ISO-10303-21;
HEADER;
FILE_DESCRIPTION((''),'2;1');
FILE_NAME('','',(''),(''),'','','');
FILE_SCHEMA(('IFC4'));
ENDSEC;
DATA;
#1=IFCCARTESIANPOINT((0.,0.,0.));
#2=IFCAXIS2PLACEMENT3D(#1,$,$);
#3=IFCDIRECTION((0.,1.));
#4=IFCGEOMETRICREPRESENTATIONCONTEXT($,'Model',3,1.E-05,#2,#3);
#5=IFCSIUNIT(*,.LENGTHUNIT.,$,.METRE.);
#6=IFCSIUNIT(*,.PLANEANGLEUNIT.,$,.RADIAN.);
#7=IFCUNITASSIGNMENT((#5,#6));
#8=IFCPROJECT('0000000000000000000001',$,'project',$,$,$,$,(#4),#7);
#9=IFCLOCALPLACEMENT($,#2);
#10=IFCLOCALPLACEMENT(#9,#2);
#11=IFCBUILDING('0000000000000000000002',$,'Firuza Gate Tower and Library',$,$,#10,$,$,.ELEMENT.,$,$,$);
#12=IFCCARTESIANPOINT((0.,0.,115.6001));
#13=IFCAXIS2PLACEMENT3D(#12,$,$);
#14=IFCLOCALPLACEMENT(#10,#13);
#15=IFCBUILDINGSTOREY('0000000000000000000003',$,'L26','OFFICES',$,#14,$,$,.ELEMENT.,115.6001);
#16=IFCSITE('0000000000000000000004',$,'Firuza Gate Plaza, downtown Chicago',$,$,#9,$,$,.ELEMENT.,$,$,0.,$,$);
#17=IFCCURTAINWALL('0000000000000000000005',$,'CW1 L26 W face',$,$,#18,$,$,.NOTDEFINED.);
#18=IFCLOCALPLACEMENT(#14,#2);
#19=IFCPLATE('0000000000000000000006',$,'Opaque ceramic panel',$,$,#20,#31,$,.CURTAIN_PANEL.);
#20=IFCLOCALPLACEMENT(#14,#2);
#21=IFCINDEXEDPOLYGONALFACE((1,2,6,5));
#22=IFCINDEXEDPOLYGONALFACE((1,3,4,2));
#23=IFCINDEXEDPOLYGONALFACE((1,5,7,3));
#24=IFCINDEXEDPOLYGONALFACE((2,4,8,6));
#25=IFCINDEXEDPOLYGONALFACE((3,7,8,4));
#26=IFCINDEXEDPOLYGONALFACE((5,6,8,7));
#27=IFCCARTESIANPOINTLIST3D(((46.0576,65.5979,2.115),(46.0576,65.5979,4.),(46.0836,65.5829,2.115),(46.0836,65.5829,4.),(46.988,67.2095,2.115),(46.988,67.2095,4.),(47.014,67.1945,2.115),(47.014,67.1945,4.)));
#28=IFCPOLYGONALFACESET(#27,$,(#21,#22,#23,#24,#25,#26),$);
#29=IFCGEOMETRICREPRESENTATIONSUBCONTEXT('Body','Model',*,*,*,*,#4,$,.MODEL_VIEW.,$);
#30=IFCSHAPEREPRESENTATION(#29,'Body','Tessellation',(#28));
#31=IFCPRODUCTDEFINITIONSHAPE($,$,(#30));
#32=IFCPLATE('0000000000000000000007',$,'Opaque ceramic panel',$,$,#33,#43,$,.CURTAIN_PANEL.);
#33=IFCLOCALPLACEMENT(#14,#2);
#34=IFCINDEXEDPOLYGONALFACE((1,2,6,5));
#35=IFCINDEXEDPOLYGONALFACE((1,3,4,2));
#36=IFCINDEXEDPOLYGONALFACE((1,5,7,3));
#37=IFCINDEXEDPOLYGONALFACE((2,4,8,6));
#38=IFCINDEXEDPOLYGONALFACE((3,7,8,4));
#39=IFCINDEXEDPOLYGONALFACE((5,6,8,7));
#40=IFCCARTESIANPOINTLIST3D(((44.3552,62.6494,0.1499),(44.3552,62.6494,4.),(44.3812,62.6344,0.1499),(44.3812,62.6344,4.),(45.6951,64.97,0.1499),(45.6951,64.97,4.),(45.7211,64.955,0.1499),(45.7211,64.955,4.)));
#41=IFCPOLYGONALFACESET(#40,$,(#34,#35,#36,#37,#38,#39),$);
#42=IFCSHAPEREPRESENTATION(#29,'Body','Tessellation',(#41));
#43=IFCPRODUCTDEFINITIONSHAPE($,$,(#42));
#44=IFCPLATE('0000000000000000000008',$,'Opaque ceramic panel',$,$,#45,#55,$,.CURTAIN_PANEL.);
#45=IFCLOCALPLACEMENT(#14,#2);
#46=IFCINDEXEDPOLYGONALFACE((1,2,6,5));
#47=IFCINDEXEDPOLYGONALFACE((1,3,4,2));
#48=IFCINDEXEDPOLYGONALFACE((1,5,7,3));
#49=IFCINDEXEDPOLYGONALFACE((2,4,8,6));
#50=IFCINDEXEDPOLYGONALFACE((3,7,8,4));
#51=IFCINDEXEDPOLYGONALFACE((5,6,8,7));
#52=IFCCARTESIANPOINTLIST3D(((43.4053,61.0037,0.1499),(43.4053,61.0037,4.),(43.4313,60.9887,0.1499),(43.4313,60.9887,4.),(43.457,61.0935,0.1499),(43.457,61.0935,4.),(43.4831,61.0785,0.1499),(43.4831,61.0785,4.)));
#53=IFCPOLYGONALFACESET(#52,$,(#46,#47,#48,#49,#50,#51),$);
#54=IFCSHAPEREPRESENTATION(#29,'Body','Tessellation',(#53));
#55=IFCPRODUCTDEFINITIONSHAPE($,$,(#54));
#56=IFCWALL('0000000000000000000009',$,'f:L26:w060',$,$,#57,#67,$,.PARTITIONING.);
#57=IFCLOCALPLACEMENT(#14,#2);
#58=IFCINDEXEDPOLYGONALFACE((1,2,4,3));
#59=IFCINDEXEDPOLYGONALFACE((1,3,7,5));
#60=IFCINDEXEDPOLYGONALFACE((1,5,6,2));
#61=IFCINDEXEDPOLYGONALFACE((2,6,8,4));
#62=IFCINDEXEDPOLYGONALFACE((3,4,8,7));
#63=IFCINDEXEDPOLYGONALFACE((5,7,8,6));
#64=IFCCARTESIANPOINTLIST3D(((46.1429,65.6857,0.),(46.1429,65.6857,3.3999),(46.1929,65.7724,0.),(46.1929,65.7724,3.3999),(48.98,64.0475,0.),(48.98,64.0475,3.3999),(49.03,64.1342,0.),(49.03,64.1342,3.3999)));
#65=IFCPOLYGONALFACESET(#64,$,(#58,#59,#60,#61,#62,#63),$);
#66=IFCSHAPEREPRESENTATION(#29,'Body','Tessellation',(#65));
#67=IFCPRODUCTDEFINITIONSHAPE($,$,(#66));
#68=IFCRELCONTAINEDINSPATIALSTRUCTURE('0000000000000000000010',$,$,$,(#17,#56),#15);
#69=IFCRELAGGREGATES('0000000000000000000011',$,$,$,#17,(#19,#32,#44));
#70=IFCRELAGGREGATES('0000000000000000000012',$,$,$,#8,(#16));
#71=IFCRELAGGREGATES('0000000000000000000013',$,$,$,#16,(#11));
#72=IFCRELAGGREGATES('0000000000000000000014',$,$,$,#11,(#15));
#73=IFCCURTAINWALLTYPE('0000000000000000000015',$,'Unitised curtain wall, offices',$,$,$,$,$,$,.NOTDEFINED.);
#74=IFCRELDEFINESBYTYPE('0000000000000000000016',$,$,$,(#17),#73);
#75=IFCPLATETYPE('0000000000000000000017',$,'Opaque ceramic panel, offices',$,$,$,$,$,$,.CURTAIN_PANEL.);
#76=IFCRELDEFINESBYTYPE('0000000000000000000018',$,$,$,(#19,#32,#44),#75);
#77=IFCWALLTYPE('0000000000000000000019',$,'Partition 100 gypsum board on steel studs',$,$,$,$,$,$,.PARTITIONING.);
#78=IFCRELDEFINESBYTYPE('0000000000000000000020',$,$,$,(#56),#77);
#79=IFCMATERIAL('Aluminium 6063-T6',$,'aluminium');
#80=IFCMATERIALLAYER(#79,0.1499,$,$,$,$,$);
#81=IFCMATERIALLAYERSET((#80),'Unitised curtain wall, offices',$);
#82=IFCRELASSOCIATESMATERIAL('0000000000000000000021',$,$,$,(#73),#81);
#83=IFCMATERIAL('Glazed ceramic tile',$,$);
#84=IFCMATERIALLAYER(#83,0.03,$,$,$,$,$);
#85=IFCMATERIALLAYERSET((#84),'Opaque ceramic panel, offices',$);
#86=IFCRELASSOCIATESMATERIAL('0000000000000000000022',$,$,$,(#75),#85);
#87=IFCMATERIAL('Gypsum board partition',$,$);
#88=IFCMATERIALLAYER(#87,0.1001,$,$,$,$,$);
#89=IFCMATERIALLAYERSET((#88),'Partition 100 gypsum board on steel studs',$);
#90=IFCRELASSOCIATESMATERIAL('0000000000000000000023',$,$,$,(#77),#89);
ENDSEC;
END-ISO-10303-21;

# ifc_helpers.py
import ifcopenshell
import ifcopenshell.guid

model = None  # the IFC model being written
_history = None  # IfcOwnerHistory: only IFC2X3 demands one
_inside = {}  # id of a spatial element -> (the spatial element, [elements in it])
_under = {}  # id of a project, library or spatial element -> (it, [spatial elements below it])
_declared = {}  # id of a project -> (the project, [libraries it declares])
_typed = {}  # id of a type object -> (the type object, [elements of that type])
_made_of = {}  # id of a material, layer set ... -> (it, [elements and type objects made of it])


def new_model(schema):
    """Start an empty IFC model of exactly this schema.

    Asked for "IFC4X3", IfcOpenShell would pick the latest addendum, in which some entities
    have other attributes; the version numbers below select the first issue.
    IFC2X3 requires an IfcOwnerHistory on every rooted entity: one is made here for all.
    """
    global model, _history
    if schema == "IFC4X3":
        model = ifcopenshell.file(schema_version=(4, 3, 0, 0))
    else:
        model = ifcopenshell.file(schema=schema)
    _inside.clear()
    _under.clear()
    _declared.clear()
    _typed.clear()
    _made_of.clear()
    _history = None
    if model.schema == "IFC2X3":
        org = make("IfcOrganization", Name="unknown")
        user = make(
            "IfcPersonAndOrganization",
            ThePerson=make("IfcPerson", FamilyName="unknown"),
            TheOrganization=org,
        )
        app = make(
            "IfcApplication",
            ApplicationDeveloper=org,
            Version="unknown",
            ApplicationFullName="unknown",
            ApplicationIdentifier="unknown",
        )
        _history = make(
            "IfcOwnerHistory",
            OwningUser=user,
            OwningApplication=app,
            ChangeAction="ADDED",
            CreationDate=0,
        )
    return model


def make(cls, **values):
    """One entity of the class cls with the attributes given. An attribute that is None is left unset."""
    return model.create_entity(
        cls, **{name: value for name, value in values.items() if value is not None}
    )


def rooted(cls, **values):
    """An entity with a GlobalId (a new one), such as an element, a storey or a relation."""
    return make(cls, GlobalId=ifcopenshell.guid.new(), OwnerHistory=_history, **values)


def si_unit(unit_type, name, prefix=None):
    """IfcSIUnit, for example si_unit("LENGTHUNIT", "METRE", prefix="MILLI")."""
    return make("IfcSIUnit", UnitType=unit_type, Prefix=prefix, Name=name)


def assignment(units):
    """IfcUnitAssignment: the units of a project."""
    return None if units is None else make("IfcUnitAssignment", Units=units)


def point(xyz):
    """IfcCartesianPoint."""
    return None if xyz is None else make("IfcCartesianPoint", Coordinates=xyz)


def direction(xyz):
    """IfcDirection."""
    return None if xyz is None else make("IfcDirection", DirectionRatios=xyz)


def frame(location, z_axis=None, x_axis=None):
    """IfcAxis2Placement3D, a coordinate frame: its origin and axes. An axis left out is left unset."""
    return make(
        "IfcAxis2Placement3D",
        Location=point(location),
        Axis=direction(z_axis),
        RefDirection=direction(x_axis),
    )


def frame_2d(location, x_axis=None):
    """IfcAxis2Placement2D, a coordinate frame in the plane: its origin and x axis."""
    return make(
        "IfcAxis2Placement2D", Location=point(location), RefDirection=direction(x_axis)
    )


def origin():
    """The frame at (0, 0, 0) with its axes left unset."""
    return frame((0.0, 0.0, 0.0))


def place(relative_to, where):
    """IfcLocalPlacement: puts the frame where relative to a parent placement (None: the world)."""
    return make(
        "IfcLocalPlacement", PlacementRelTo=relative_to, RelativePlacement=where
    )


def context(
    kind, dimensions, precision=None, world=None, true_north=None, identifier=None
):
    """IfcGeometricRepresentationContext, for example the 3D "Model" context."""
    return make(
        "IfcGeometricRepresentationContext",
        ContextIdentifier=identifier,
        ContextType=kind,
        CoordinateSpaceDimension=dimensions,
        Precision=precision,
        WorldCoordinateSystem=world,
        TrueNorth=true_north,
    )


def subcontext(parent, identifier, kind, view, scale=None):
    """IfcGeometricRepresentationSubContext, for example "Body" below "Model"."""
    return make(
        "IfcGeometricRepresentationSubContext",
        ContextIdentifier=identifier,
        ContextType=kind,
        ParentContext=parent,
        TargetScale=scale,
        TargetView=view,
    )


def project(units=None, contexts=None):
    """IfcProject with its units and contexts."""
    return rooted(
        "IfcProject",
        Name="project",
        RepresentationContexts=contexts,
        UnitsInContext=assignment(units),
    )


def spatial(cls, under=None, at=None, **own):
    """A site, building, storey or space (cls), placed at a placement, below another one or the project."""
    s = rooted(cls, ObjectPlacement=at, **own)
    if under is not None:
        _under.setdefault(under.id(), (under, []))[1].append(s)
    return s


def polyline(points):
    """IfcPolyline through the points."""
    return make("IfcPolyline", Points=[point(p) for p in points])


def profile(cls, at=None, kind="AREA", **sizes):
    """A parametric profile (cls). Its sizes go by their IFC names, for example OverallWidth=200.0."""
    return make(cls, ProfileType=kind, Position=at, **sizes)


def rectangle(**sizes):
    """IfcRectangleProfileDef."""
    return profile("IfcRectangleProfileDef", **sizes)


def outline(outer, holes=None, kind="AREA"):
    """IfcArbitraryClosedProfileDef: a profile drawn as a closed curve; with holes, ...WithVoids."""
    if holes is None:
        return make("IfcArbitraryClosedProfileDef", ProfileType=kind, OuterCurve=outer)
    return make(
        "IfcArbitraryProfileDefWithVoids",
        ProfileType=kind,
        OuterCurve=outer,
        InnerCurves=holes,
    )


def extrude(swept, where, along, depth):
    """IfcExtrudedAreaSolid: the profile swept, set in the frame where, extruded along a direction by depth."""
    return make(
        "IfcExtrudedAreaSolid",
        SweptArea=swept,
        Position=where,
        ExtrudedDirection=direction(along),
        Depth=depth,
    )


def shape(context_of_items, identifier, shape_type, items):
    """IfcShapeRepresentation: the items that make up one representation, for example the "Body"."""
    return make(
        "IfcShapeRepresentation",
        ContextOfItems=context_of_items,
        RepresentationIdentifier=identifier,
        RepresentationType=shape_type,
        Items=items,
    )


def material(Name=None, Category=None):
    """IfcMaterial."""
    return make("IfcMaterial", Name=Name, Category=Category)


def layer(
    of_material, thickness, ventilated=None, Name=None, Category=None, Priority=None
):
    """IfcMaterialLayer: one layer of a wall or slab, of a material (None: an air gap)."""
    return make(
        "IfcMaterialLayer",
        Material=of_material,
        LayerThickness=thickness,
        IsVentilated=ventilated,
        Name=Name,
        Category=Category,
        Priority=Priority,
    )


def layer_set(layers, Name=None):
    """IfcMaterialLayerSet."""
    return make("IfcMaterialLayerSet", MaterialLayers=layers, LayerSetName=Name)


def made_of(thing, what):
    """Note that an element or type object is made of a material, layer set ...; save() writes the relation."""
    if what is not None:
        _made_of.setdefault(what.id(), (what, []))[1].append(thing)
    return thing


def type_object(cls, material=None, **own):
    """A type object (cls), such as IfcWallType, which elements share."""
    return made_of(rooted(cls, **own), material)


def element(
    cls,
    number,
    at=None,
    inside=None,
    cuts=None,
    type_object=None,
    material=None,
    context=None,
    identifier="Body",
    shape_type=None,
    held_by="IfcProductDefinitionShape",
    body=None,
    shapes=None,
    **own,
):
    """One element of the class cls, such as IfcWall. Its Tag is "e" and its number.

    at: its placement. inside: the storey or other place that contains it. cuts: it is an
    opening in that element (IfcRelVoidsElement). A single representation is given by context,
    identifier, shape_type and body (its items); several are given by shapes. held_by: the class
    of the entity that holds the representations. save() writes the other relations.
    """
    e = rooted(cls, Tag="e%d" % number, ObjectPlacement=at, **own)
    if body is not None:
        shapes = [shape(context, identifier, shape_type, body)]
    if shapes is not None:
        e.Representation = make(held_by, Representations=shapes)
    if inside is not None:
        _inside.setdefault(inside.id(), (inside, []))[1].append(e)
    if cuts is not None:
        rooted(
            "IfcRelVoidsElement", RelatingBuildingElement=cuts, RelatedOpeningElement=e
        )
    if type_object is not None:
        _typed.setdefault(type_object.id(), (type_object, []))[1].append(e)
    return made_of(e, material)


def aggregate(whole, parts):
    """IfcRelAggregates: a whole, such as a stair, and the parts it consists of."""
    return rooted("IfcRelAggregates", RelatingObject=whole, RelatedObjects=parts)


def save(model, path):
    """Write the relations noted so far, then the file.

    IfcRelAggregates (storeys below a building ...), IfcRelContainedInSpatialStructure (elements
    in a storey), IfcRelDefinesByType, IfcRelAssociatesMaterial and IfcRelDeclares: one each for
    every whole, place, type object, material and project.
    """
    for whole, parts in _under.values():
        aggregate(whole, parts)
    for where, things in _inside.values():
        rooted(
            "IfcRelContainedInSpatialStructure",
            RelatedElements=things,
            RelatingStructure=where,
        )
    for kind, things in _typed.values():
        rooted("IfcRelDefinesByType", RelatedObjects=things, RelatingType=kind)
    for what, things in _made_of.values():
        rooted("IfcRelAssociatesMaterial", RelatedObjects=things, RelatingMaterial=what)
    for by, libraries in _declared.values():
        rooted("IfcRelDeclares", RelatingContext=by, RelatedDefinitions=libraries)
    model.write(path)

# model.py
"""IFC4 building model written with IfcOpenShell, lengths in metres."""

from ifc_helpers import new_model, si_unit, direction, frame, frame_2d, origin, place, context, subcontext, project, spatial, polyline, rectangle, outline, extrude, material, layer, layer_set, type_object, element, aggregate, save


model = new_model("IFC4")

# Units and contexts
model_context = context("Model", 3, precision=1e-05, world=origin(), true_north=direction((0.0, 1.0)))
body_context = subcontext(model_context, "Body", "Model", "MODEL_VIEW")
ifc_project = project(units=[si_unit("LENGTHUNIT", "METRE"), si_unit("PLANEANGLEUNIT", "RADIAN")], contexts=[model_context])

# Site, building, storey
site_placement = place(None, origin())
site = spatial("IfcSite", under=ifc_project, at=site_placement, Name="Firuza Gate Plaza, downtown Chicago", CompositionType="ELEMENT", RefElevation=0.0)
building_placement = place(site_placement, origin())
building = spatial("IfcBuilding", under=site, at=building_placement, Name="Firuza Gate Tower and Library", CompositionType="ELEMENT")
storey_placement = place(building_placement, frame((0.0, 0.0, 115.6001)))
storey = spatial("IfcBuildingStorey", under=building, at=storey_placement, Name="L26", Description="OFFICES", CompositionType="ELEMENT", Elevation=115.6001)

# Curtain wall
ifc_material_1 = material(Name="Aluminium 6063-T6", Category="aluminium")
ifc_layer_1 = layer(ifc_material_1, 0.1499)
ifc_layer_set_1 = layer_set([ifc_layer_1], Name="Unitised curtain wall, offices")
curtain_wall_type_1 = type_object("IfcCurtainWallType", Name="Unitised curtain wall, offices", PredefinedType="NOTDEFINED", material=ifc_layer_set_1)
placement = place(storey_placement, origin())
curtain_wall_1 = element("IfcCurtainWall", 1, at=placement, inside=storey, type_object=curtain_wall_type_1, Name="CW1 L26 W face", PredefinedType="NOTDEFINED")

# Plates
ifc_material_2 = material(Name="Glazed ceramic tile")
ifc_layer_2 = layer(ifc_material_2, 0.03)
ifc_layer_set_2 = layer_set([ifc_layer_2], Name="Opaque ceramic panel, offices")
plate_type_1 = type_object("IfcPlateType", Name="Opaque ceramic panel, offices", PredefinedType="CURTAIN_PANEL", material=ifc_layer_set_2)
plate_1_placement = place(storey_placement, frame((46.988, 67.2095, 2.115), z_axis=(-0.86603, 0.499991, 0.0), x_axis=(-0.499991, -0.86603, 0.0)))
plate_1 = element("IfcPlate", 2, at=plate_1_placement, type_object=plate_type_1, Name="Opaque ceramic panel", PredefinedType="CURTAIN_PANEL", context=body_context, shape_type="SweptSolid", body=[
    extrude(outline(polyline([(0.0, 0.0), (1.8609, 0.0), (1.8609, 1.885), (0.0, 1.885), (0.0, 0.0)])), origin(), (0.0, 0.0, -1.0), 0.03),
])
plate_2_placement = place(storey_placement, frame((45.6951, 64.97, 0.1499), z_axis=(-0.866014, 0.50002, 0.0), x_axis=(-0.50002, -0.866014, 0.0)))
plate_2 = element("IfcPlate", 3, at=plate_2_placement, type_object=plate_type_1, Name="Opaque ceramic panel", PredefinedType="CURTAIN_PANEL", context=body_context, shape_type="SweptSolid", body=[
    extrude(outline(polyline([(0.0, 0.0), (2.6796, 0.0), (2.6796, 3.8501), (0.0, 3.8501), (0.0, 0.0)])), origin(), (0.0, 0.0, -1.0), 0.03),
])
plate_3_placement = place(storey_placement, frame((43.457, 61.0935, 0.1499), z_axis=(-0.866499, 0.499179, 0.0), x_axis=(-0.499179, -0.866499, 0.0)))
plate_3 = element("IfcPlate", 4, at=plate_3_placement, type_object=plate_type_1, Name="Opaque ceramic panel", PredefinedType="CURTAIN_PANEL", context=body_context, shape_type="SweptSolid", body=[
    extrude(outline(polyline([(0.0, 0.0), (0.1037, 0.0), (0.1037, 3.8501), (0.0, 3.8501), (0.0, 0.0)])), origin(), (0.0, 0.0, -1.0), 0.03),
])
aggregate(curtain_wall_1, [plate_1, plate_2, plate_3])

# Wall
ifc_material_3 = material(Name="Gypsum board partition")
ifc_layer_3 = layer(ifc_material_3, 0.1001)
ifc_layer_set_3 = layer_set([ifc_layer_3], Name="Partition 100 gypsum board on steel studs")
wall_type = type_object("IfcWallType", Name="Partition 100 gypsum board on steel studs", PredefinedType="PARTITIONING", material=ifc_layer_set_3)
wall_placement = place(storey_placement, frame((49.0051, 64.0908, 0.0), z_axis=(0.0, 0.0, 1.0), x_axis=(-0.866006, 0.500034, 0.0)))
element("IfcWall", 5, at=wall_placement, inside=storey, type_object=wall_type, Name="f:L26:w060", PredefinedType="PARTITIONING", context=body_context, shape_type="SweptSolid", body=[
    extrude(rectangle(XDim=3.2761, YDim=0.1001, at=frame_2d((1.6382, 0.0))), origin(), (0.0, 0.0, 1.0), 3.3999),
])

save(model, "model.ifc")
